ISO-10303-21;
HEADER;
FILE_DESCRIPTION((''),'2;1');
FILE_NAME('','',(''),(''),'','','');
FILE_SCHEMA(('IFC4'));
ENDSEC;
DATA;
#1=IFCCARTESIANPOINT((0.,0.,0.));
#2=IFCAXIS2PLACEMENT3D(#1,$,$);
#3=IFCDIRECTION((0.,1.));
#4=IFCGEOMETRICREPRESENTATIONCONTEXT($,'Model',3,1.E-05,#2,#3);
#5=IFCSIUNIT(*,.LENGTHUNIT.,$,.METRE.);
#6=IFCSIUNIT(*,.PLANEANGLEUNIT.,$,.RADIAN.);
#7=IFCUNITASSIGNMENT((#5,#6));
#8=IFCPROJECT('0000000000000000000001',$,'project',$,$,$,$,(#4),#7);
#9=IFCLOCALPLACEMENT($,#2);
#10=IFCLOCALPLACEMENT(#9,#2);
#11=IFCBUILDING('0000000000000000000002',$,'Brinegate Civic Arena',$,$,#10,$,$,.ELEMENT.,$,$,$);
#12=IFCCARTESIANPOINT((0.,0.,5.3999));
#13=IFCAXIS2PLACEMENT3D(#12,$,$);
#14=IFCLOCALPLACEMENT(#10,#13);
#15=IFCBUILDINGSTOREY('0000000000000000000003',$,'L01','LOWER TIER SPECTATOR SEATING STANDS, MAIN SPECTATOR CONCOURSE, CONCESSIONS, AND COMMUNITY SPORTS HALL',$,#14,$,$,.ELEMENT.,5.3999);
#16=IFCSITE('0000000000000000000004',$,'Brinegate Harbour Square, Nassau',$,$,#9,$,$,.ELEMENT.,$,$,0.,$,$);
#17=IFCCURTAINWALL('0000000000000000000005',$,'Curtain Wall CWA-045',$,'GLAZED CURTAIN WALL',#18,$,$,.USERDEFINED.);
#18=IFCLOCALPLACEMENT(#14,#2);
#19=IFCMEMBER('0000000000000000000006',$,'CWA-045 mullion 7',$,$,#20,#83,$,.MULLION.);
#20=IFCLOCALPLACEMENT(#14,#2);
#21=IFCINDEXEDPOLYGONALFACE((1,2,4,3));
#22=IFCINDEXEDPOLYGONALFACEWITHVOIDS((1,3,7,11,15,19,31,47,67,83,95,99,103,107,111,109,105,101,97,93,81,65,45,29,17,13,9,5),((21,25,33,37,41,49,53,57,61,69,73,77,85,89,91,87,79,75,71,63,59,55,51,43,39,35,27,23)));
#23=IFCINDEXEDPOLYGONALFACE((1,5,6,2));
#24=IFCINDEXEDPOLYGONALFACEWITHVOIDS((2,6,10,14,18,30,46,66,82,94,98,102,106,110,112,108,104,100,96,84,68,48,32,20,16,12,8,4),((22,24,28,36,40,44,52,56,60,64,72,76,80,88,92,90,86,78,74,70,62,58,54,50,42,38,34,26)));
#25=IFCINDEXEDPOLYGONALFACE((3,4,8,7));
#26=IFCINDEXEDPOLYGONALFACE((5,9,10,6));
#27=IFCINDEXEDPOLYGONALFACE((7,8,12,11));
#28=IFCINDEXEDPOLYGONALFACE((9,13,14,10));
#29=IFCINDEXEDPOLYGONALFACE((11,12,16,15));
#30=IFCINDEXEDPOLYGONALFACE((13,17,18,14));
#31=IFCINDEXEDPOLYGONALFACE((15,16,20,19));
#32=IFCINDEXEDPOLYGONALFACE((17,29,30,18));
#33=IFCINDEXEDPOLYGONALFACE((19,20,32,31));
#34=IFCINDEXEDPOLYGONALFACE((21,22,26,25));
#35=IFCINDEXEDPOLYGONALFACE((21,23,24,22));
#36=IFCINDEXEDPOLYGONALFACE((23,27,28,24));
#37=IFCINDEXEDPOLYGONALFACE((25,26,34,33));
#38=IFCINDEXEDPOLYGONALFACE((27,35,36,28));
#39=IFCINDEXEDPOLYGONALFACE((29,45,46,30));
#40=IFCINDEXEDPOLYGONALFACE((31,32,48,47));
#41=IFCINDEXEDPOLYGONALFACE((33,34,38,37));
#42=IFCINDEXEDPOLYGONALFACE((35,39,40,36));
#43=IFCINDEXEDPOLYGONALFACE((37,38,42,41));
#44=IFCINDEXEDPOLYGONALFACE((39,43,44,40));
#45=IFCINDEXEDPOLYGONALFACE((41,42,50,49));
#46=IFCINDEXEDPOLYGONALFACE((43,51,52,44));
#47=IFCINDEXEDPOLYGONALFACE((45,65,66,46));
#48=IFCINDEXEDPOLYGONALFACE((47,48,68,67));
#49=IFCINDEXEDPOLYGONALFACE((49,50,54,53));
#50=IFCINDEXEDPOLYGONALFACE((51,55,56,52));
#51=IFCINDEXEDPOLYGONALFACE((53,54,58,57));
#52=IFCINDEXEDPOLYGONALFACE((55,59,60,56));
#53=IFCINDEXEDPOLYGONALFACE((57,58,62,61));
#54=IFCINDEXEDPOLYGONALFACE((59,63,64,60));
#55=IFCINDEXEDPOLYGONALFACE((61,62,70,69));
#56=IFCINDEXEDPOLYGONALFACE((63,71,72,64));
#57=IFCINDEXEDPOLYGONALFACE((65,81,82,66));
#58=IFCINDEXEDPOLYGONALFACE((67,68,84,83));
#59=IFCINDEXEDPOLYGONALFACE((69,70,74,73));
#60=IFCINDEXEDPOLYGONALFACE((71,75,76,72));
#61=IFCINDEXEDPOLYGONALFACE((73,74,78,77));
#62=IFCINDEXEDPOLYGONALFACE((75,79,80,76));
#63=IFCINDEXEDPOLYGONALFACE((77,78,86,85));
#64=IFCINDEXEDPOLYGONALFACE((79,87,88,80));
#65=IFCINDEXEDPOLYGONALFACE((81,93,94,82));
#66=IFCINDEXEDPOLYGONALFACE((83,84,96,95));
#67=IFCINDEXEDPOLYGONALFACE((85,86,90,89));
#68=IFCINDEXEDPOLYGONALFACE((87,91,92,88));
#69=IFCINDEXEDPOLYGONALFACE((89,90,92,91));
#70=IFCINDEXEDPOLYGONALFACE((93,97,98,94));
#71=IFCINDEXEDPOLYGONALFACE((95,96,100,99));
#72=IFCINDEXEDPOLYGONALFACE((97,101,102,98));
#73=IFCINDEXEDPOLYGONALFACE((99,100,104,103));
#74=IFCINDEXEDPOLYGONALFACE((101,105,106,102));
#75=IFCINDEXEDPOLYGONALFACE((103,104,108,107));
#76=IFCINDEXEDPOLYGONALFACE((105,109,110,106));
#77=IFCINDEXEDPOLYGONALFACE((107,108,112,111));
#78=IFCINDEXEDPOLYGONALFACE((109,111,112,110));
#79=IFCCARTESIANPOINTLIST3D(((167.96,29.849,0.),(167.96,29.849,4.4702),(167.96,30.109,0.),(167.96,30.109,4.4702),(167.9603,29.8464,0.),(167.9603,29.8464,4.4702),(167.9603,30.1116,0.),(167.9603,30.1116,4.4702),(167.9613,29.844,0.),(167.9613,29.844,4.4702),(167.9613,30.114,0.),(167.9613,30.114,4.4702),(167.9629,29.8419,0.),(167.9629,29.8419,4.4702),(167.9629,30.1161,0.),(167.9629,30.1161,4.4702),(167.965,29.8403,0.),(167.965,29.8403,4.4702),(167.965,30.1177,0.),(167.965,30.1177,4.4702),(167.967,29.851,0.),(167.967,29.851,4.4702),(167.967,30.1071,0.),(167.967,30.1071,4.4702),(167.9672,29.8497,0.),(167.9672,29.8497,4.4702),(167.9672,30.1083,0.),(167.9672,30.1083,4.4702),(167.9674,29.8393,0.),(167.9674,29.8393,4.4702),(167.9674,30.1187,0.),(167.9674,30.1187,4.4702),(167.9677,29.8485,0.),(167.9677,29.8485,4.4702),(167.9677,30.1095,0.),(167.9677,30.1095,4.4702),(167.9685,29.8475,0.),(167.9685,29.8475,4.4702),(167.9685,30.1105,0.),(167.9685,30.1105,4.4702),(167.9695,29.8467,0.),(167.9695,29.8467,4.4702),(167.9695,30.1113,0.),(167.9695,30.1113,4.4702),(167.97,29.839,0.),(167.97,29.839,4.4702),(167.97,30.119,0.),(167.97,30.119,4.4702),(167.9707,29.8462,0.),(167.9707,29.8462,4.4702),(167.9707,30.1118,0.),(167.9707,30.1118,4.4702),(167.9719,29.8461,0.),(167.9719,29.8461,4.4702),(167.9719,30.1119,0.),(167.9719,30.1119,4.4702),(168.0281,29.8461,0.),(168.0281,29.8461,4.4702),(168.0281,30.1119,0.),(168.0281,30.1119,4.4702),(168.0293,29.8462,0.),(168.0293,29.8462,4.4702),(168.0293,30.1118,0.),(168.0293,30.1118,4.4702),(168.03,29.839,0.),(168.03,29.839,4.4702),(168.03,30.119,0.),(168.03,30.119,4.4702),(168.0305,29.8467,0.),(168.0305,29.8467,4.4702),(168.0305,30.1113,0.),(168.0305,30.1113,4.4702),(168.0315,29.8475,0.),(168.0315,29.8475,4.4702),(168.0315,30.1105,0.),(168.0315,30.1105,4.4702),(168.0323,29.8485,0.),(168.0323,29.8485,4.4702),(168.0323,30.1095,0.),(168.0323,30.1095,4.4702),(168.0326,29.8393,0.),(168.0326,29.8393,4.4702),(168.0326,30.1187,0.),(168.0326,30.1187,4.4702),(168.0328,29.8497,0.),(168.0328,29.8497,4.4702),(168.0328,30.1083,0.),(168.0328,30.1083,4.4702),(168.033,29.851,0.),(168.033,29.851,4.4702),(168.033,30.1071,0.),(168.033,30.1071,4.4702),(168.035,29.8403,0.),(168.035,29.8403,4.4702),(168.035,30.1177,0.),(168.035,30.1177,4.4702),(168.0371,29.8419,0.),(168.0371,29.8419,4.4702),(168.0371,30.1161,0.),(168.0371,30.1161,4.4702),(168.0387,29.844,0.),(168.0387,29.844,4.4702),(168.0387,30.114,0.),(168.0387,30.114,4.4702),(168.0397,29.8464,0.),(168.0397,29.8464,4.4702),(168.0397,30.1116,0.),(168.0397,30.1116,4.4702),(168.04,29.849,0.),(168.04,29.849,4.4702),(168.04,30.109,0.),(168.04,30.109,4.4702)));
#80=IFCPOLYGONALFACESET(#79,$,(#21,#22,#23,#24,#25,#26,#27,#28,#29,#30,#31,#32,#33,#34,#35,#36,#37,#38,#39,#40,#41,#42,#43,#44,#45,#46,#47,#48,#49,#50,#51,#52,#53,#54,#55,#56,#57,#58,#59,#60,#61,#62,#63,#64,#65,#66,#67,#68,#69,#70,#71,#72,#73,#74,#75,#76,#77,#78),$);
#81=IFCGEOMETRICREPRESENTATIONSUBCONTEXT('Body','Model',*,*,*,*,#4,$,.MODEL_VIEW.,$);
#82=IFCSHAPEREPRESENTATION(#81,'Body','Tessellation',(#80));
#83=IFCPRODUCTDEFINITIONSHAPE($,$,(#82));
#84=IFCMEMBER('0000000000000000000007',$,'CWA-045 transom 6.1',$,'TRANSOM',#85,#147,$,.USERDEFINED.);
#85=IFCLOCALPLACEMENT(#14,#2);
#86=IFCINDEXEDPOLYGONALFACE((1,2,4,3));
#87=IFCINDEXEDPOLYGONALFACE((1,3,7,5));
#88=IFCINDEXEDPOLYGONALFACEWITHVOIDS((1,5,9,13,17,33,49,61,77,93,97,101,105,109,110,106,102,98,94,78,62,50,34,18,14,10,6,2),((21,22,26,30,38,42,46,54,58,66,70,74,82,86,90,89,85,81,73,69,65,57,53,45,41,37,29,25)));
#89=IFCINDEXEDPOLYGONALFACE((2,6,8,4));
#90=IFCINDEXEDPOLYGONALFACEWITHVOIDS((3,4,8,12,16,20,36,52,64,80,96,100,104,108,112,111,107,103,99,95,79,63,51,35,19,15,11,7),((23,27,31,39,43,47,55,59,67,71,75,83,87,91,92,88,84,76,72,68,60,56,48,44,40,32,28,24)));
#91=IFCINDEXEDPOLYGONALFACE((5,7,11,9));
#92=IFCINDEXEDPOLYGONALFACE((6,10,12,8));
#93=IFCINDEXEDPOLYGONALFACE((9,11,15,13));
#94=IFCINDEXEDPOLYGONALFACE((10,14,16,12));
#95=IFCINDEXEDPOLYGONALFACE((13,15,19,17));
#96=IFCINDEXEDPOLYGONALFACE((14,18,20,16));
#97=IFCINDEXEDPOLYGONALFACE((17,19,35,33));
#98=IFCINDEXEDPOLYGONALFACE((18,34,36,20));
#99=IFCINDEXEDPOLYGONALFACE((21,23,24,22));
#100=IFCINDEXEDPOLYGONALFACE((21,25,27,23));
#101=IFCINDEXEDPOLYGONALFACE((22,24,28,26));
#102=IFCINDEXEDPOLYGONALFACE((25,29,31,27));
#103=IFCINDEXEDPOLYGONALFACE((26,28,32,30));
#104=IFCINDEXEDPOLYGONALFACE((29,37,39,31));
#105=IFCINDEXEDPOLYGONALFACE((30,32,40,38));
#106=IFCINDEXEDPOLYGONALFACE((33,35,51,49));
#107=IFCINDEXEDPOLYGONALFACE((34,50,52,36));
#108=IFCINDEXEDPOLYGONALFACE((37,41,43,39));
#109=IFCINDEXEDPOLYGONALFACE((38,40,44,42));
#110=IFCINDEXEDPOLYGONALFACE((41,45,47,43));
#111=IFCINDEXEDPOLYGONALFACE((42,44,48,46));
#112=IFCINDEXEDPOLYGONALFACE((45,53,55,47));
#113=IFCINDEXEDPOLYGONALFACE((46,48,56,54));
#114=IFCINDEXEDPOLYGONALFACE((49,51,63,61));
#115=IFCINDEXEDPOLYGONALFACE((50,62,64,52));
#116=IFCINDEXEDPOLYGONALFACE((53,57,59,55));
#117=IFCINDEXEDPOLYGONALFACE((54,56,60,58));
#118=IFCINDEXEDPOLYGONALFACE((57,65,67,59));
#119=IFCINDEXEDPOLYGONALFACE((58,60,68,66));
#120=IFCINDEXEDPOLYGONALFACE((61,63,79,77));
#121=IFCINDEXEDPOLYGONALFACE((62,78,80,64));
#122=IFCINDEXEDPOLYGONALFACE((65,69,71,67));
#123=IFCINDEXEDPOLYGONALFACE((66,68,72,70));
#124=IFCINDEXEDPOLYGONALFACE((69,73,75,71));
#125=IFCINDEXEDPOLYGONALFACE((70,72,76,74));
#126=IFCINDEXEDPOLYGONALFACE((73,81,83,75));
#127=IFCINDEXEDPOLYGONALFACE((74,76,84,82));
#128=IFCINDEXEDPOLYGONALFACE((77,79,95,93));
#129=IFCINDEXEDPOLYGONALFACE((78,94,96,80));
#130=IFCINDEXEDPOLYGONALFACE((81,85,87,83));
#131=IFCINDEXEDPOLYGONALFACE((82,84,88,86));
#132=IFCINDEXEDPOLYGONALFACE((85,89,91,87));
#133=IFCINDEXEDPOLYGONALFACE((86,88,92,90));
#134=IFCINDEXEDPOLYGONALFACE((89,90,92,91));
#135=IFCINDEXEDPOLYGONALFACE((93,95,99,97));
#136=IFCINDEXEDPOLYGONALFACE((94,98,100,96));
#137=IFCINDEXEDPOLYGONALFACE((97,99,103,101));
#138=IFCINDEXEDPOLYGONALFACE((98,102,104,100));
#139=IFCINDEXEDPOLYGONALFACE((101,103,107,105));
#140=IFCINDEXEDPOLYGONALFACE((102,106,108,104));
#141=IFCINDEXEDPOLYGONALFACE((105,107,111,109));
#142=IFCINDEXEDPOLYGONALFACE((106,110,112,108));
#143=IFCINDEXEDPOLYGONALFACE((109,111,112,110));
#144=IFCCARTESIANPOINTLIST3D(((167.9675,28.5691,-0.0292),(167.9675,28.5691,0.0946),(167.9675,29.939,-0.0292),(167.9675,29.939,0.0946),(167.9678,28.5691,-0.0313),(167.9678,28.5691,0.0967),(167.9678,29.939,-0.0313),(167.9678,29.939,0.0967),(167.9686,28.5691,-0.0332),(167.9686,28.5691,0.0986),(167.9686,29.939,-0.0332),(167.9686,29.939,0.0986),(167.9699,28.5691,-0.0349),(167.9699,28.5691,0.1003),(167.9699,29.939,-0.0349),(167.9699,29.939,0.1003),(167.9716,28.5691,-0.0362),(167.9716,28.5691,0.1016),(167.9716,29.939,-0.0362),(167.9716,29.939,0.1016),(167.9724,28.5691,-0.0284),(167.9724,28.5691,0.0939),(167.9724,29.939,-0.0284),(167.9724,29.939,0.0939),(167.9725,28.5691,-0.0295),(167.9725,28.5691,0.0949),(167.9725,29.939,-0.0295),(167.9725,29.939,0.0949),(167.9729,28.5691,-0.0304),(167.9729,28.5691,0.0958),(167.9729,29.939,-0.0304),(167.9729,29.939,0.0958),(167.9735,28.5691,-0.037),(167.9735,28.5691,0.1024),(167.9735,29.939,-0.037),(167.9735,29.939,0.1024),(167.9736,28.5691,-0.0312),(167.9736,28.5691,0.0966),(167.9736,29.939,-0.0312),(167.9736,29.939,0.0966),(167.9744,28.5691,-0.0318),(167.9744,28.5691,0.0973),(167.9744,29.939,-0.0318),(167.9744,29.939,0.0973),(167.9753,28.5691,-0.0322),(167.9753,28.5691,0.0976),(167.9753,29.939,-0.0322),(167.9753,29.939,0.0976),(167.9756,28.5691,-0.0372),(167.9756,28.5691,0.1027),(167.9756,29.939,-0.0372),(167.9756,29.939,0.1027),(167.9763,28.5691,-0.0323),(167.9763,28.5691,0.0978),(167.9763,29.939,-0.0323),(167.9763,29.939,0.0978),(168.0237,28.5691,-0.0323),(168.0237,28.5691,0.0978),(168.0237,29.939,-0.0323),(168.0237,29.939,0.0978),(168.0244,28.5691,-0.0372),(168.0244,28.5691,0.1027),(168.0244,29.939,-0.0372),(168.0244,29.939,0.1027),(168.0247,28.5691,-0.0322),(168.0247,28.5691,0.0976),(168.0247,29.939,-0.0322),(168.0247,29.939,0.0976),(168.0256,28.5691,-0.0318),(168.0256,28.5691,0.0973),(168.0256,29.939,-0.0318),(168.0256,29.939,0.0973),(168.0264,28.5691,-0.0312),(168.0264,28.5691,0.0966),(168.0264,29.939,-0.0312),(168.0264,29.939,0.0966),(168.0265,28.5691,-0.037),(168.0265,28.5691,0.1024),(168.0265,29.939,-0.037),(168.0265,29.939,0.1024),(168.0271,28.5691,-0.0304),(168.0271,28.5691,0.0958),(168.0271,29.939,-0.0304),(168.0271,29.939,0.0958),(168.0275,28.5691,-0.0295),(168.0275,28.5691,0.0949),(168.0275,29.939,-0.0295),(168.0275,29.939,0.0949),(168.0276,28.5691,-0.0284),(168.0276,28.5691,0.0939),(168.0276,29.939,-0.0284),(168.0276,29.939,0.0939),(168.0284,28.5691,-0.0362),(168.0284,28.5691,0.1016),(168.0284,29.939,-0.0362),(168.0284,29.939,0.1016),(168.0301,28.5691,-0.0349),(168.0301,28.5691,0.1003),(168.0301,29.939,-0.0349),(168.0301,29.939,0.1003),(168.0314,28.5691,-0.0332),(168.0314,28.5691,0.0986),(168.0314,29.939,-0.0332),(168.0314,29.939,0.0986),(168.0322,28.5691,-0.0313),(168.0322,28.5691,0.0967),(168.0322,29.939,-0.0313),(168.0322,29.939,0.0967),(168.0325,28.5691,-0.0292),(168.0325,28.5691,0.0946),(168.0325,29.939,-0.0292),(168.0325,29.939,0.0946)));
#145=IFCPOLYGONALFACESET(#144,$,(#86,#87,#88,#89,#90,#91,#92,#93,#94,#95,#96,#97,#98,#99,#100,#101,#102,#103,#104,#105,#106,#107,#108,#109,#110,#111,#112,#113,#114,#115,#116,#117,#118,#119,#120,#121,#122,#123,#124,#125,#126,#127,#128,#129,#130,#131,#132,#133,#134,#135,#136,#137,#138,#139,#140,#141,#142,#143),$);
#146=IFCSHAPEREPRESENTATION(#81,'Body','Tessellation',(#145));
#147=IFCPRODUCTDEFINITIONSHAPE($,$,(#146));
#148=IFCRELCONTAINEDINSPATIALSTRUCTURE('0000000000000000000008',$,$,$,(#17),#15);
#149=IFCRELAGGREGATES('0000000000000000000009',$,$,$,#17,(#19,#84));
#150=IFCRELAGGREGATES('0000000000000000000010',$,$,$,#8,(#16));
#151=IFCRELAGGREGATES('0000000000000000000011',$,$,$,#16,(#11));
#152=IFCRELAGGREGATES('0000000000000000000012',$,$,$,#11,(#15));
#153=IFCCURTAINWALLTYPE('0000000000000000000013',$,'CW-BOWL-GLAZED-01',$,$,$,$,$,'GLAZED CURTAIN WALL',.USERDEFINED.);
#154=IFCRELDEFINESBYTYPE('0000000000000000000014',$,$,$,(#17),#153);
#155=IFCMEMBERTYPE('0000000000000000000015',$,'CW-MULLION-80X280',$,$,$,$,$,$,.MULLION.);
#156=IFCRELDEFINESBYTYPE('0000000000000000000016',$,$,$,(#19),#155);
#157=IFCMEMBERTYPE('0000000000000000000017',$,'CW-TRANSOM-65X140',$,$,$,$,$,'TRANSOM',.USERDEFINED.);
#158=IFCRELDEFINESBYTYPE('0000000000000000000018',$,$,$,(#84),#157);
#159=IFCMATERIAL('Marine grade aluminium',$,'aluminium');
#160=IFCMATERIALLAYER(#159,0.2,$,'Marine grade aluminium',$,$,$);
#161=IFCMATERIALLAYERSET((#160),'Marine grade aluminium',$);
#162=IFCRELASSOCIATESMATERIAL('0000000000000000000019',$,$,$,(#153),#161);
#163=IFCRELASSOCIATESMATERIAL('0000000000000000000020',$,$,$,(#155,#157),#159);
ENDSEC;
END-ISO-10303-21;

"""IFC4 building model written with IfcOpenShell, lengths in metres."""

from ifc_helpers import new_model, si_unit, direction, frame, origin, origin_2d, place, context, subcontext, project, spatial, hollow_rectangle, extrude, material, layer, layer_set, material_profile, profile_set, type_object, element, aggregate, save


model = new_model("IFC4")

# Units and contexts
model_context = context("Model", 3, precision=1e-05, world=origin(), true_north=direction((0.0, 1.0)))
body_context = subcontext(model_context, "Body", "Model", "MODEL_VIEW")
ifc_project = project(units=[si_unit("LENGTHUNIT", "METRE"), si_unit("PLANEANGLEUNIT", "RADIAN")], contexts=[model_context])

# Site, building, storey
site_placement = place(None, origin())
site = spatial("IfcSite", under=ifc_project, at=site_placement, Name="Brinegate Harbour Square, Nassau", CompositionType="ELEMENT", RefElevation=0.0)
building_placement = place(site_placement, origin())
building = spatial("IfcBuilding", under=site, at=building_placement, Name="Brinegate Civic Arena", CompositionType="ELEMENT")
storey_placement = place(building_placement, frame((0.0, 0.0, 5.3999)))
storey = spatial("IfcBuildingStorey", under=building, at=storey_placement, Name="L01", Description="LOWER TIER SPECTATOR SEATING STANDS, MAIN SPECTATOR CONCOURSE, CONCESSIONS, AND COMMUNITY SPORTS HALL", CompositionType="ELEMENT", Elevation=5.3999)

# Curtain wall, members
ifc_material_1 = material(Name="Marine grade aluminium", Category="aluminium")
ifc_layer_1 = layer(ifc_material_1, 0.2, Name="Marine grade aluminium")
ifc_layer_set_1 = layer_set([ifc_layer_1], Name="Marine grade aluminium")
curtain_wall_type = type_object("IfcCurtainWallType", Name="CW-BOWL-GLAZED-01", ElementType="GLAZED CURTAIN WALL", PredefinedType="USERDEFINED", material=ifc_layer_set_1)
curtain_wall_1_placement = place(storey_placement, origin())
curtain_wall_1 = element("IfcCurtainWall", 1, at=curtain_wall_1_placement, inside=storey, type_object=curtain_wall_type, Name="Curtain Wall CWA-045", ObjectType="GLAZED CURTAIN WALL", PredefinedType="USERDEFINED")
ifc_material_profile_1 = material_profile(ifc_material_1, hollow_rectangle(XDim=0.0801, YDim=0.28, WallThickness=0.0071, InnerFilletRadius=0.0049, OuterFilletRadius=0.01, at=origin_2d()), Name="MUL80X280")
ifc_profile_set_1 = profile_set([ifc_material_profile_1], Name="Marine grade aluminium")
member_type_1 = type_object("IfcMemberType", Name="CW-MULLION-80X280", PredefinedType="MULLION", material=ifc_profile_set_1)
member_1_placement = place(storey_placement, frame((168.0, 29.979, 0.0), z_axis=(0.0, 0.0, 1.0), x_axis=(-1.0, 0.0, 0.0)))
member_1 = element("IfcMember", 2, at=member_1_placement, type_object=member_type_1, Name="CWA-045 mullion 7", PredefinedType="MULLION", context=body_context, shape_type="SweptSolid", body=[
    extrude(hollow_rectangle(XDim=0.0801, YDim=0.28, WallThickness=0.0071, InnerFilletRadius=0.0049, OuterFilletRadius=0.01, at=origin_2d()), origin(), (0.0, 0.0, 1.0), 4.4702),
])
ifc_material_profile_2 = material_profile(ifc_material_1, hollow_rectangle(XDim=0.0649, YDim=0.1399, WallThickness=0.0049, InnerFilletRadius=0.0039, OuterFilletRadius=0.0081, at=origin_2d()), Name="TRN65X140")
ifc_profile_set_2 = profile_set([ifc_material_profile_2], Name="Marine grade aluminium")
member_type_2 = type_object("IfcMemberType", Name="CW-TRANSOM-65X140", ElementType="TRANSOM", PredefinedType="USERDEFINED", material=ifc_profile_set_2)
member_2_placement = place(storey_placement, frame((168.0, 28.5691, 0.0327), z_axis=(0.0, 1.0, 0.0), x_axis=(-1.0, 0.0, 0.0)))
member_2 = element("IfcMember", 3, at=member_2_placement, type_object=member_type_2, Name="CWA-045 transom 6.1", ObjectType="TRANSOM", PredefinedType="USERDEFINED", context=body_context, shape_type="SweptSolid", body=[
    extrude(hollow_rectangle(XDim=0.0649, YDim=0.1399, WallThickness=0.0049, InnerFilletRadius=0.0039, OuterFilletRadius=0.0081, at=origin_2d()), origin(), (0.0, 0.0, 1.0), 1.3699),
])

aggregate(curtain_wall_1, [member_1, member_2])

save(model, "model.ifc")
